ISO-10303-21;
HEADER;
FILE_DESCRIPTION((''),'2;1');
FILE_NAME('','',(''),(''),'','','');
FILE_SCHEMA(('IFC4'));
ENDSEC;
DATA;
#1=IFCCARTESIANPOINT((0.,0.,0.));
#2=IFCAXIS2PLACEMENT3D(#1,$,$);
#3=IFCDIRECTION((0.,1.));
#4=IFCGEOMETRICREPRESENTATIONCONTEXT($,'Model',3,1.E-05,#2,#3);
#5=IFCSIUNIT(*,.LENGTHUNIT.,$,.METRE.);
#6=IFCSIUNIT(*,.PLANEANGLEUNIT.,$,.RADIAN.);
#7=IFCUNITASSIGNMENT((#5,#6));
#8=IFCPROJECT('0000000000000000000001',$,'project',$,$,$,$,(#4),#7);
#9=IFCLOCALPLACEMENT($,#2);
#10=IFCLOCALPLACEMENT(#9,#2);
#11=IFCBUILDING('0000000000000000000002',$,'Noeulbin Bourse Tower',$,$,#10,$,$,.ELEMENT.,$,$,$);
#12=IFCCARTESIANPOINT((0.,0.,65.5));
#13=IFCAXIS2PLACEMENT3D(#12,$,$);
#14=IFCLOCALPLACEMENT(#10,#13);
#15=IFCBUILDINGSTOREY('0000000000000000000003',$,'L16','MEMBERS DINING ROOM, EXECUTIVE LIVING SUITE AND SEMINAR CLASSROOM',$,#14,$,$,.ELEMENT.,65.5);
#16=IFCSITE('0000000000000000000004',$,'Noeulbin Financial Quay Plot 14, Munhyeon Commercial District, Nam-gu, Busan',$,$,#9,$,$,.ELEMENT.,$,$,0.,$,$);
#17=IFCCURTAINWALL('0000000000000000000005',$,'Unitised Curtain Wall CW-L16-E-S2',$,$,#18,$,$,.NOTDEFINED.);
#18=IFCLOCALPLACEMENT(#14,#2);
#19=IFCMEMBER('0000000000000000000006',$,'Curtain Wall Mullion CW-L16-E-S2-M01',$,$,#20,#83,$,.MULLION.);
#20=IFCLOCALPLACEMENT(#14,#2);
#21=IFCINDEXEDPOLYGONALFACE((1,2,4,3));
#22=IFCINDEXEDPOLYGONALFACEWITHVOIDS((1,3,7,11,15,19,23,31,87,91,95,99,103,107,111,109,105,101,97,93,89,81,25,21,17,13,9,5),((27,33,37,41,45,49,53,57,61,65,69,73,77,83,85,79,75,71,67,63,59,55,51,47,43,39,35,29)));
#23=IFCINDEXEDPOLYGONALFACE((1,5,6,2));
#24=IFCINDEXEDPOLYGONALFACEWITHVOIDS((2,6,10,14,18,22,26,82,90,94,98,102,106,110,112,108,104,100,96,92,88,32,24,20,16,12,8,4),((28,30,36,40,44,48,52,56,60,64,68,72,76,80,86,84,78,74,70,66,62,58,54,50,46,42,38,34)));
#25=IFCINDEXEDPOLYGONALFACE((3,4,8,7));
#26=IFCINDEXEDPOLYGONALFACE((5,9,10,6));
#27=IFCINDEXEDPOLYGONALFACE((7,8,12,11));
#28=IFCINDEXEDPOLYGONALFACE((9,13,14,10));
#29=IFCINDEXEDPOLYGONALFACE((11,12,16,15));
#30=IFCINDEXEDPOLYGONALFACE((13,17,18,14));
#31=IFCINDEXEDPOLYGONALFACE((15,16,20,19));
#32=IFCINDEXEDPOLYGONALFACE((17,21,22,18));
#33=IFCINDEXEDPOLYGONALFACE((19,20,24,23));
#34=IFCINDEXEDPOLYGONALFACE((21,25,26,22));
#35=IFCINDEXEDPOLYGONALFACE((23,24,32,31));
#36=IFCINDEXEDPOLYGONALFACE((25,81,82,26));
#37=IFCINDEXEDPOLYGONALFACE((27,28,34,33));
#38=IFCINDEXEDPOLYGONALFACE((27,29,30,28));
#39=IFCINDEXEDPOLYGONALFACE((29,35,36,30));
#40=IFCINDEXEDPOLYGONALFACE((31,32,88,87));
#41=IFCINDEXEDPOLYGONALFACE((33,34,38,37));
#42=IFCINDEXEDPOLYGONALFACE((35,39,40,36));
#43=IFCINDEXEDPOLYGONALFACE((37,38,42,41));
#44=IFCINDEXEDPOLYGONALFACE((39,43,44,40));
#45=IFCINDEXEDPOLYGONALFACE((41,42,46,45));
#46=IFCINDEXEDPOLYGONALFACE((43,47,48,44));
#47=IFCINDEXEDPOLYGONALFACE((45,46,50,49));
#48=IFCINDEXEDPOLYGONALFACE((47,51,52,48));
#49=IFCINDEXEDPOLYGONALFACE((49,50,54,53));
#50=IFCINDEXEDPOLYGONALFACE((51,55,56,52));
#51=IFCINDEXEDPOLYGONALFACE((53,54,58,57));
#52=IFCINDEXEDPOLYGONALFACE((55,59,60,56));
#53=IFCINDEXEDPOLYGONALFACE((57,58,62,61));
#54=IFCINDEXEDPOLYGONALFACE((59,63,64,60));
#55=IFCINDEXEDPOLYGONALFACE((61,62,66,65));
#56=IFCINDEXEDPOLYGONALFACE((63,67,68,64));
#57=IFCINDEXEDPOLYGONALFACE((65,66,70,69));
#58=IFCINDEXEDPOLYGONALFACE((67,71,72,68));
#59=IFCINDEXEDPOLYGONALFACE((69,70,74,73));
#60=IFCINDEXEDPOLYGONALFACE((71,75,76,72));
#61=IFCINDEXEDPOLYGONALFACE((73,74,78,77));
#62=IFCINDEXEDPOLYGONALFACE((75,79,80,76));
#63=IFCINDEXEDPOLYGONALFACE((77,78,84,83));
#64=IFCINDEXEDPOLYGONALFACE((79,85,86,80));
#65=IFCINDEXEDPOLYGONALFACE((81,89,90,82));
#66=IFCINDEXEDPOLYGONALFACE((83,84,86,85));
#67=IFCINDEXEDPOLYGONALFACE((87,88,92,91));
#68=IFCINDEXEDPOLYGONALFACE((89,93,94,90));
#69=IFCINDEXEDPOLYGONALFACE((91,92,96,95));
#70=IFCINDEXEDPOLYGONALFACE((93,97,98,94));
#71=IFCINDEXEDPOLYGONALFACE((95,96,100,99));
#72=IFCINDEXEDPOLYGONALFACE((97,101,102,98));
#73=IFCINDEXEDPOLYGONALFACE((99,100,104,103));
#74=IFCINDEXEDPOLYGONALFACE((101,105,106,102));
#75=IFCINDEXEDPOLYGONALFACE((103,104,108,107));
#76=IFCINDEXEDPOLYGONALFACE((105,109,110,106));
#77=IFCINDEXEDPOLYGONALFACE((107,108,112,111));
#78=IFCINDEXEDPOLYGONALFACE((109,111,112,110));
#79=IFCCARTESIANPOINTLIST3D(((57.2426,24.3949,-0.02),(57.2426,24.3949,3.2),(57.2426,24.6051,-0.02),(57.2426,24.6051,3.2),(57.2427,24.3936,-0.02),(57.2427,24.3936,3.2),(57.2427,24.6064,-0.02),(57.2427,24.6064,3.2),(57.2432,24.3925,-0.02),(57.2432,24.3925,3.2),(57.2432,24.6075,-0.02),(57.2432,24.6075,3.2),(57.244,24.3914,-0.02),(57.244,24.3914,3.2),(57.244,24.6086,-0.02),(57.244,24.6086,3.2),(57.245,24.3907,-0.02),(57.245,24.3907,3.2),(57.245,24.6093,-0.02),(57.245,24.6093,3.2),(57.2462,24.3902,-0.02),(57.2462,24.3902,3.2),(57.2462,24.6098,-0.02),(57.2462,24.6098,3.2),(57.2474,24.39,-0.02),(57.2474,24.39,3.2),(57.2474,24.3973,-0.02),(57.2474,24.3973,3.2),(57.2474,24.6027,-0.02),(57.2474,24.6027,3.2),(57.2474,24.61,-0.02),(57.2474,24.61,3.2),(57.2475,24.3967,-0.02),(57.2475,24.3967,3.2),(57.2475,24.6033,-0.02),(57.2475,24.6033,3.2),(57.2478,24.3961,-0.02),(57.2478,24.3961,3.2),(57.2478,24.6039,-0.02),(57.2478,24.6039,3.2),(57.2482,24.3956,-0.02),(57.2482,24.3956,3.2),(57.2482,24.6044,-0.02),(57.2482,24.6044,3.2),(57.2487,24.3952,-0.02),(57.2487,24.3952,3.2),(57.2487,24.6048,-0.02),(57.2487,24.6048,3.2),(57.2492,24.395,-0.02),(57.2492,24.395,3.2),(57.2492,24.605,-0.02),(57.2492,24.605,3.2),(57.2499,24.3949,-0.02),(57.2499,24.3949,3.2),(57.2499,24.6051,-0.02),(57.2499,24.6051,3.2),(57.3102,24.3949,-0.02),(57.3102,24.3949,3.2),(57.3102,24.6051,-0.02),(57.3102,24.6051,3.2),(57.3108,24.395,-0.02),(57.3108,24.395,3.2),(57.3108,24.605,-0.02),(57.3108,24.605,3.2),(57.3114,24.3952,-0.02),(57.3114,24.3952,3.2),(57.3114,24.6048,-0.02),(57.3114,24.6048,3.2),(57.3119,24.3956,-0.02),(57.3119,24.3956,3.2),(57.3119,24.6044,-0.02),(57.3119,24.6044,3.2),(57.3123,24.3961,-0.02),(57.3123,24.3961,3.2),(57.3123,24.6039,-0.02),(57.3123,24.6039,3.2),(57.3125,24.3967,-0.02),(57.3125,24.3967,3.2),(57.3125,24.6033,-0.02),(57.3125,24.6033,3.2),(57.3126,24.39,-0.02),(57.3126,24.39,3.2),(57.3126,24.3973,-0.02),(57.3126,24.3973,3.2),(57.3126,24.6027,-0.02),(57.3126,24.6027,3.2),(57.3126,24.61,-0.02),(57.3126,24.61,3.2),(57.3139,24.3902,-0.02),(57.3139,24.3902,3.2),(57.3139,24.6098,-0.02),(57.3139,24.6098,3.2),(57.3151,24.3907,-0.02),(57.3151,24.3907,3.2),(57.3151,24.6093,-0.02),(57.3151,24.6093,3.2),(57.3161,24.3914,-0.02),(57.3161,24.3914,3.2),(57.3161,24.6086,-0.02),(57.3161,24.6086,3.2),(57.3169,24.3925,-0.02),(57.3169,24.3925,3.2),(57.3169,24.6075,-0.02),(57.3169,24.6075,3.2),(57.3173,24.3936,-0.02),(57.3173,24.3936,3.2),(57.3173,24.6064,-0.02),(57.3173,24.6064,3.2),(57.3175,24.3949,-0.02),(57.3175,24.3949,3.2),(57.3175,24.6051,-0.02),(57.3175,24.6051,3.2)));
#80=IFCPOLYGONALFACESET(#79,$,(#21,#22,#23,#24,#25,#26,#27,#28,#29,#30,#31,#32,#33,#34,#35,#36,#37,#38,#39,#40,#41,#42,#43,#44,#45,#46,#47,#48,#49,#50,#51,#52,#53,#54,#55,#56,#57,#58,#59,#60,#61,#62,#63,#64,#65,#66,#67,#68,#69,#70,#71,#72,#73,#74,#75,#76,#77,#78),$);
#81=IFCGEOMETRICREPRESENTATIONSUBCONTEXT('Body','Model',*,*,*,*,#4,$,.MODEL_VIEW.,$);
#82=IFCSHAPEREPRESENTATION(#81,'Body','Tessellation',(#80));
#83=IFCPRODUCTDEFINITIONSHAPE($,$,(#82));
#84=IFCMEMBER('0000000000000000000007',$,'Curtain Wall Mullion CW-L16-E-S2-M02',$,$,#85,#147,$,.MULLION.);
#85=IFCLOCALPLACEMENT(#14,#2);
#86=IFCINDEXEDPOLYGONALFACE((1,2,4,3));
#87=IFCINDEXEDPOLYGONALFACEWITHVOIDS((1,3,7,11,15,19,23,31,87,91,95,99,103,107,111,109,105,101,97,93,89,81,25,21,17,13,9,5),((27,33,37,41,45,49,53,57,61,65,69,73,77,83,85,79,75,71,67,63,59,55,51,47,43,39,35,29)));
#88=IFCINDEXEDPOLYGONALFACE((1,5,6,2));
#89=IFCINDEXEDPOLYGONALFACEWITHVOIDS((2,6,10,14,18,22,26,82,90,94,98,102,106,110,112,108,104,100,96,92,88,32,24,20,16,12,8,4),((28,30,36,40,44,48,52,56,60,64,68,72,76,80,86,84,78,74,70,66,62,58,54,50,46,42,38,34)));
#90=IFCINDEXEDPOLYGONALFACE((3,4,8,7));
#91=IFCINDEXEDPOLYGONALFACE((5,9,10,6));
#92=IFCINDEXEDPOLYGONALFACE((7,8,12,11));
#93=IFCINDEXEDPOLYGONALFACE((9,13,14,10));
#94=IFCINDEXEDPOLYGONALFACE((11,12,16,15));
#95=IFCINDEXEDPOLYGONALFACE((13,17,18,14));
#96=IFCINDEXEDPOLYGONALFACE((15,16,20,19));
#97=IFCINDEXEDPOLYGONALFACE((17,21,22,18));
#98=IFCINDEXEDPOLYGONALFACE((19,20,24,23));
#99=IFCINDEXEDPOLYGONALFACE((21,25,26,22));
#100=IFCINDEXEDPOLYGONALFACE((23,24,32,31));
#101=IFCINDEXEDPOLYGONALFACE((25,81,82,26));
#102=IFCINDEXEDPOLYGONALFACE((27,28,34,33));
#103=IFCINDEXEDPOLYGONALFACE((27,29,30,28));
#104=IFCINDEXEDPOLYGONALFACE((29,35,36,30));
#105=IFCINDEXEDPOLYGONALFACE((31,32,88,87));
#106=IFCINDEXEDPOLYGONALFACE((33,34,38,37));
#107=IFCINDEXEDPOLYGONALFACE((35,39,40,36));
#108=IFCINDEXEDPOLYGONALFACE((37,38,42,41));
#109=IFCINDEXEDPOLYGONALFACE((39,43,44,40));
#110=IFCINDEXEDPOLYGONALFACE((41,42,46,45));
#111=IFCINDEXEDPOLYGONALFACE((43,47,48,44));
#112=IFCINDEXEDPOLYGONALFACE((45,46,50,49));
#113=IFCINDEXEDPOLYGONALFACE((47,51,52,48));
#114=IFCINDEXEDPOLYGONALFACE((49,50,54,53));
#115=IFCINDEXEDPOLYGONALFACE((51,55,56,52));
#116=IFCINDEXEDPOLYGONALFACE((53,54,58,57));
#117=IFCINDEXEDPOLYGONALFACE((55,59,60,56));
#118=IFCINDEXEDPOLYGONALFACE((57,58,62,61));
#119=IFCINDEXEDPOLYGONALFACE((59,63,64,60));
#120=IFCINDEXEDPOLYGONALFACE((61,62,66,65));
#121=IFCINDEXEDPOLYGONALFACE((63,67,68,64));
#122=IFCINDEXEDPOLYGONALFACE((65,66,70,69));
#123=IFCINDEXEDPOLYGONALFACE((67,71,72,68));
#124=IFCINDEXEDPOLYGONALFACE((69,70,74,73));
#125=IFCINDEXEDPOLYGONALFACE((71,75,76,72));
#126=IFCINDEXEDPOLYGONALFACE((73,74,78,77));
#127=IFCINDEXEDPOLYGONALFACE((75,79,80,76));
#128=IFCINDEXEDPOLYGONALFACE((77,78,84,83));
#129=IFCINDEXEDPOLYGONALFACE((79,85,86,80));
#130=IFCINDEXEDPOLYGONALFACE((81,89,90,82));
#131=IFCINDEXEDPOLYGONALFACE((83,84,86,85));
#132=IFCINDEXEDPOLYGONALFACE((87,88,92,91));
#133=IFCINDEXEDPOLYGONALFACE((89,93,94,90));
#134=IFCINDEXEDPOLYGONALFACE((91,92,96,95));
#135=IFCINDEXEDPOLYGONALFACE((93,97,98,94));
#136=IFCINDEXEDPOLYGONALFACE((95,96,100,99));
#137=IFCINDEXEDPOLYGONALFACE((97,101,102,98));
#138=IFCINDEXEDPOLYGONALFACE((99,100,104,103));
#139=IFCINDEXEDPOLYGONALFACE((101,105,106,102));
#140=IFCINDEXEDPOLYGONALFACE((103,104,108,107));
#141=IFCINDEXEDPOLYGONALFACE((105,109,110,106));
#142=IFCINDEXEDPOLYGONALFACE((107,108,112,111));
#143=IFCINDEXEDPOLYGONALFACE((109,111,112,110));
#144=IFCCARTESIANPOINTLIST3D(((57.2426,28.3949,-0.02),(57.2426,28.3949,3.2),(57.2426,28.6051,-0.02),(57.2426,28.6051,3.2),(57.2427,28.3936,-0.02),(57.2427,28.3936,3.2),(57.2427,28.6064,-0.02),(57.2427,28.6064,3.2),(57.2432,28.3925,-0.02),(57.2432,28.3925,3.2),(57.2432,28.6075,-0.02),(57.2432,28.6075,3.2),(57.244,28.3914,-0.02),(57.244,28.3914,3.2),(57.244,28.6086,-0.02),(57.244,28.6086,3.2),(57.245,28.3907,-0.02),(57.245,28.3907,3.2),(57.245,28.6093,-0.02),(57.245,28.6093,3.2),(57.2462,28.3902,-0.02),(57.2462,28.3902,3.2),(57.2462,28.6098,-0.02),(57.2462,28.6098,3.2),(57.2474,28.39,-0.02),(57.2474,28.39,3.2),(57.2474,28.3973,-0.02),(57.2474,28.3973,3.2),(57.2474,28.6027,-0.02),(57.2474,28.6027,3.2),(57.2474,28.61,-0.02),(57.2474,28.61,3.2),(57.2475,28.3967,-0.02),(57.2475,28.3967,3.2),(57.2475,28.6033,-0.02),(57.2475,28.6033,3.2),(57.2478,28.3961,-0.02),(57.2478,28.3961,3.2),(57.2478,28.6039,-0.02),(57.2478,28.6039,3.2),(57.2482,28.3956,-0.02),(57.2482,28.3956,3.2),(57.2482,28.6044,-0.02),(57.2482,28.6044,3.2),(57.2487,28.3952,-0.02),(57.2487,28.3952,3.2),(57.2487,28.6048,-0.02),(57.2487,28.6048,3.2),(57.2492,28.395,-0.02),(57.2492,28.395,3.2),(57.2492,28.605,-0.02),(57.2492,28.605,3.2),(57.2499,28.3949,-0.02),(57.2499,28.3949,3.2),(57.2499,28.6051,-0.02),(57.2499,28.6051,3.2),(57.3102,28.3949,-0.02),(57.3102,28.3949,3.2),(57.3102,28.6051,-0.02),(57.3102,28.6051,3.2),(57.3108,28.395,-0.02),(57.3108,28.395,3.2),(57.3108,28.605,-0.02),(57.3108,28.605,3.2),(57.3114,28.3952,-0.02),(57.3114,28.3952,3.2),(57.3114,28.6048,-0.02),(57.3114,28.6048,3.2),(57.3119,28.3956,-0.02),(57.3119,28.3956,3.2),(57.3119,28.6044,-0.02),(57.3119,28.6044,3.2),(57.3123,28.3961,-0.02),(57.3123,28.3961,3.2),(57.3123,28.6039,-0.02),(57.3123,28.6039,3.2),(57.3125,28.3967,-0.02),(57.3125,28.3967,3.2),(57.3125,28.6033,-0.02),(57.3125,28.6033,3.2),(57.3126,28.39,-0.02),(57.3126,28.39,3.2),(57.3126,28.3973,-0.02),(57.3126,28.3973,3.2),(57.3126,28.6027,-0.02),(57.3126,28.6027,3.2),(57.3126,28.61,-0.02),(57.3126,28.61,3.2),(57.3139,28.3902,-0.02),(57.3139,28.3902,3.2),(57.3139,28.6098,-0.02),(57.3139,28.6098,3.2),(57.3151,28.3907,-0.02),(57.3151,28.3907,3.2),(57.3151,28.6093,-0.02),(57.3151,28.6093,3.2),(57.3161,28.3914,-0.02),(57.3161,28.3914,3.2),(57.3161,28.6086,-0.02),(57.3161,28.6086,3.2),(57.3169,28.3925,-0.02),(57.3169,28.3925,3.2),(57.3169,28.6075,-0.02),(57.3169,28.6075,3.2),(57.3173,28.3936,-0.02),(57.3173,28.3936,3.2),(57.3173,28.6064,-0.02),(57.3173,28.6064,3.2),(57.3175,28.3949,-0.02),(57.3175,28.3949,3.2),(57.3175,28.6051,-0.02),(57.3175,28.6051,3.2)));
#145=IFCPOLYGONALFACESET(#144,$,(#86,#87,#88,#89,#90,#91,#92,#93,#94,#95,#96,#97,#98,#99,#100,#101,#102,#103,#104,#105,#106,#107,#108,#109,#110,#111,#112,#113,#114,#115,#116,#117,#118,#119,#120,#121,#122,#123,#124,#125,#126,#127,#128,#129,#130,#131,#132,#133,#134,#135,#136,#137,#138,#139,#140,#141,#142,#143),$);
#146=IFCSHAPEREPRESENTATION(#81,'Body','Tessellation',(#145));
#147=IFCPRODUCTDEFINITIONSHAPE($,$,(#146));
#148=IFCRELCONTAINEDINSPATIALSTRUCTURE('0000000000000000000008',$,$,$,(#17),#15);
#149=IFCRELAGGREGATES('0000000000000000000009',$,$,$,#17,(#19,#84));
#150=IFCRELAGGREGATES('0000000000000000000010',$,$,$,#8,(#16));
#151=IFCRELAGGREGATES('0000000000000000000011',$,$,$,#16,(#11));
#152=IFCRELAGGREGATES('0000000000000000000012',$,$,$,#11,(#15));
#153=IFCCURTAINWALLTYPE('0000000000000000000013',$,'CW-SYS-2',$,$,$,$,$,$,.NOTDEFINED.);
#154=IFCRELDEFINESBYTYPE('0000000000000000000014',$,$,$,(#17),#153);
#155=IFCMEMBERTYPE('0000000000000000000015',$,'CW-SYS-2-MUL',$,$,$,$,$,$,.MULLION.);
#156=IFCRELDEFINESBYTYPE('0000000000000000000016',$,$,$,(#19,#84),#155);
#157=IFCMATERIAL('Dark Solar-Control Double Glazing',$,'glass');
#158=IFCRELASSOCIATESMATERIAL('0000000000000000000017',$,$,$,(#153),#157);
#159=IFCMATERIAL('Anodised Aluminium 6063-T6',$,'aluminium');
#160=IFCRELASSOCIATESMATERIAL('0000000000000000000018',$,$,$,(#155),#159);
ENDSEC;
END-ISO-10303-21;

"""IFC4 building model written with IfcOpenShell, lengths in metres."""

from ifc_helpers import new_model, si_unit, direction, frame, origin, origin_2d, place, context, subcontext, project, spatial, hollow_rectangle, extrude, material, material_profile, profile_set, type_object, element, aggregate, save


model = new_model("IFC4")

# Units and contexts
model_context = context("Model", 3, precision=1e-05, world=origin(), true_north=direction((0.0, 1.0)))
body_context = subcontext(model_context, "Body", "Model", "MODEL_VIEW")
ifc_project = project(units=[si_unit("LENGTHUNIT", "METRE"), si_unit("PLANEANGLEUNIT", "RADIAN")], contexts=[model_context])

# Site, building, storey
site_placement = place(None, origin())
site = spatial("IfcSite", under=ifc_project, at=site_placement, Name="Noeulbin Financial Quay Plot 14, Munhyeon Commercial District, Nam-gu, Busan", CompositionType="ELEMENT", RefElevation=0.0)
building_placement = place(site_placement, origin())
building = spatial("IfcBuilding", under=site, at=building_placement, Name="Noeulbin Bourse Tower", CompositionType="ELEMENT")
storey_placement = place(building_placement, frame((0.0, 0.0, 65.5)))
storey = spatial("IfcBuildingStorey", under=building, at=storey_placement, Name="L16", Description="MEMBERS DINING ROOM, EXECUTIVE LIVING SUITE AND SEMINAR CLASSROOM", CompositionType="ELEMENT", Elevation=65.5)

# Curtain wall, members
ifc_material_1 = material(Name="Dark Solar-Control Double Glazing", Category="glass")
curtain_wall_type = type_object("IfcCurtainWallType", Name="CW-SYS-2", PredefinedType="NOTDEFINED", material=ifc_material_1)
ifc_material_2 = material(Name="Anodised Aluminium 6063-T6", Category="aluminium")
ifc_material_profile_1 = material_profile(ifc_material_2, hollow_rectangle(XDim=0.075, YDim=0.22, WallThickness=0.0049, InnerFilletRadius=0.0024, OuterFilletRadius=0.0049, at=origin_2d()), Name="ALU-MULL-75x220x5", Category="LoadBearing")
ifc_profile_set_1 = profile_set([ifc_material_profile_1], Name="Anodised Aluminium 6063-T6")
member_type_1 = type_object("IfcMemberType", Name="CW-SYS-2-MUL", PredefinedType="MULLION", material=ifc_profile_set_1)
curtain_wall_1_placement = place(storey_placement, origin())
curtain_wall_1 = element("IfcCurtainWall", 1, at=curtain_wall_1_placement, inside=storey, type_object=curtain_wall_type, Name="Unitised Curtain Wall CW-L16-E-S2", PredefinedType="NOTDEFINED")
member_1_placement = place(storey_placement, frame((57.28, 24.5, -0.02), z_axis=(0.0, 0.0, 1.0), x_axis=(1.0, 0.0, 0.0)))
member_1 = element("IfcMember", 2, at=member_1_placement, type_object=member_type_1, Name="Curtain Wall Mullion CW-L16-E-S2-M01", PredefinedType="MULLION", context=body_context, shape_type="SweptSolid", body=[
    extrude(hollow_rectangle(XDim=0.075, YDim=0.22, WallThickness=0.0049, InnerFilletRadius=0.0024, OuterFilletRadius=0.0049, at=origin_2d()), origin(), (0.0, 0.0, 1.0), 3.22),
])
member_2_placement = place(storey_placement, frame((57.28, 28.5, -0.02), z_axis=(0.0, 0.0, 1.0), x_axis=(1.0, 0.0, 0.0)))
member_2 = element("IfcMember", 3, at=member_2_placement, type_object=member_type_1, Name="Curtain Wall Mullion CW-L16-E-S2-M02", PredefinedType="MULLION", context=body_context, shape_type="SweptSolid", body=[
    extrude(hollow_rectangle(XDim=0.075, YDim=0.22, WallThickness=0.0049, InnerFilletRadius=0.0024, OuterFilletRadius=0.0049, at=origin_2d()), origin(), (0.0, 0.0, 1.0), 3.22),
])

aggregate(curtain_wall_1, [member_1, member_2])

save(model, "model.ifc")
